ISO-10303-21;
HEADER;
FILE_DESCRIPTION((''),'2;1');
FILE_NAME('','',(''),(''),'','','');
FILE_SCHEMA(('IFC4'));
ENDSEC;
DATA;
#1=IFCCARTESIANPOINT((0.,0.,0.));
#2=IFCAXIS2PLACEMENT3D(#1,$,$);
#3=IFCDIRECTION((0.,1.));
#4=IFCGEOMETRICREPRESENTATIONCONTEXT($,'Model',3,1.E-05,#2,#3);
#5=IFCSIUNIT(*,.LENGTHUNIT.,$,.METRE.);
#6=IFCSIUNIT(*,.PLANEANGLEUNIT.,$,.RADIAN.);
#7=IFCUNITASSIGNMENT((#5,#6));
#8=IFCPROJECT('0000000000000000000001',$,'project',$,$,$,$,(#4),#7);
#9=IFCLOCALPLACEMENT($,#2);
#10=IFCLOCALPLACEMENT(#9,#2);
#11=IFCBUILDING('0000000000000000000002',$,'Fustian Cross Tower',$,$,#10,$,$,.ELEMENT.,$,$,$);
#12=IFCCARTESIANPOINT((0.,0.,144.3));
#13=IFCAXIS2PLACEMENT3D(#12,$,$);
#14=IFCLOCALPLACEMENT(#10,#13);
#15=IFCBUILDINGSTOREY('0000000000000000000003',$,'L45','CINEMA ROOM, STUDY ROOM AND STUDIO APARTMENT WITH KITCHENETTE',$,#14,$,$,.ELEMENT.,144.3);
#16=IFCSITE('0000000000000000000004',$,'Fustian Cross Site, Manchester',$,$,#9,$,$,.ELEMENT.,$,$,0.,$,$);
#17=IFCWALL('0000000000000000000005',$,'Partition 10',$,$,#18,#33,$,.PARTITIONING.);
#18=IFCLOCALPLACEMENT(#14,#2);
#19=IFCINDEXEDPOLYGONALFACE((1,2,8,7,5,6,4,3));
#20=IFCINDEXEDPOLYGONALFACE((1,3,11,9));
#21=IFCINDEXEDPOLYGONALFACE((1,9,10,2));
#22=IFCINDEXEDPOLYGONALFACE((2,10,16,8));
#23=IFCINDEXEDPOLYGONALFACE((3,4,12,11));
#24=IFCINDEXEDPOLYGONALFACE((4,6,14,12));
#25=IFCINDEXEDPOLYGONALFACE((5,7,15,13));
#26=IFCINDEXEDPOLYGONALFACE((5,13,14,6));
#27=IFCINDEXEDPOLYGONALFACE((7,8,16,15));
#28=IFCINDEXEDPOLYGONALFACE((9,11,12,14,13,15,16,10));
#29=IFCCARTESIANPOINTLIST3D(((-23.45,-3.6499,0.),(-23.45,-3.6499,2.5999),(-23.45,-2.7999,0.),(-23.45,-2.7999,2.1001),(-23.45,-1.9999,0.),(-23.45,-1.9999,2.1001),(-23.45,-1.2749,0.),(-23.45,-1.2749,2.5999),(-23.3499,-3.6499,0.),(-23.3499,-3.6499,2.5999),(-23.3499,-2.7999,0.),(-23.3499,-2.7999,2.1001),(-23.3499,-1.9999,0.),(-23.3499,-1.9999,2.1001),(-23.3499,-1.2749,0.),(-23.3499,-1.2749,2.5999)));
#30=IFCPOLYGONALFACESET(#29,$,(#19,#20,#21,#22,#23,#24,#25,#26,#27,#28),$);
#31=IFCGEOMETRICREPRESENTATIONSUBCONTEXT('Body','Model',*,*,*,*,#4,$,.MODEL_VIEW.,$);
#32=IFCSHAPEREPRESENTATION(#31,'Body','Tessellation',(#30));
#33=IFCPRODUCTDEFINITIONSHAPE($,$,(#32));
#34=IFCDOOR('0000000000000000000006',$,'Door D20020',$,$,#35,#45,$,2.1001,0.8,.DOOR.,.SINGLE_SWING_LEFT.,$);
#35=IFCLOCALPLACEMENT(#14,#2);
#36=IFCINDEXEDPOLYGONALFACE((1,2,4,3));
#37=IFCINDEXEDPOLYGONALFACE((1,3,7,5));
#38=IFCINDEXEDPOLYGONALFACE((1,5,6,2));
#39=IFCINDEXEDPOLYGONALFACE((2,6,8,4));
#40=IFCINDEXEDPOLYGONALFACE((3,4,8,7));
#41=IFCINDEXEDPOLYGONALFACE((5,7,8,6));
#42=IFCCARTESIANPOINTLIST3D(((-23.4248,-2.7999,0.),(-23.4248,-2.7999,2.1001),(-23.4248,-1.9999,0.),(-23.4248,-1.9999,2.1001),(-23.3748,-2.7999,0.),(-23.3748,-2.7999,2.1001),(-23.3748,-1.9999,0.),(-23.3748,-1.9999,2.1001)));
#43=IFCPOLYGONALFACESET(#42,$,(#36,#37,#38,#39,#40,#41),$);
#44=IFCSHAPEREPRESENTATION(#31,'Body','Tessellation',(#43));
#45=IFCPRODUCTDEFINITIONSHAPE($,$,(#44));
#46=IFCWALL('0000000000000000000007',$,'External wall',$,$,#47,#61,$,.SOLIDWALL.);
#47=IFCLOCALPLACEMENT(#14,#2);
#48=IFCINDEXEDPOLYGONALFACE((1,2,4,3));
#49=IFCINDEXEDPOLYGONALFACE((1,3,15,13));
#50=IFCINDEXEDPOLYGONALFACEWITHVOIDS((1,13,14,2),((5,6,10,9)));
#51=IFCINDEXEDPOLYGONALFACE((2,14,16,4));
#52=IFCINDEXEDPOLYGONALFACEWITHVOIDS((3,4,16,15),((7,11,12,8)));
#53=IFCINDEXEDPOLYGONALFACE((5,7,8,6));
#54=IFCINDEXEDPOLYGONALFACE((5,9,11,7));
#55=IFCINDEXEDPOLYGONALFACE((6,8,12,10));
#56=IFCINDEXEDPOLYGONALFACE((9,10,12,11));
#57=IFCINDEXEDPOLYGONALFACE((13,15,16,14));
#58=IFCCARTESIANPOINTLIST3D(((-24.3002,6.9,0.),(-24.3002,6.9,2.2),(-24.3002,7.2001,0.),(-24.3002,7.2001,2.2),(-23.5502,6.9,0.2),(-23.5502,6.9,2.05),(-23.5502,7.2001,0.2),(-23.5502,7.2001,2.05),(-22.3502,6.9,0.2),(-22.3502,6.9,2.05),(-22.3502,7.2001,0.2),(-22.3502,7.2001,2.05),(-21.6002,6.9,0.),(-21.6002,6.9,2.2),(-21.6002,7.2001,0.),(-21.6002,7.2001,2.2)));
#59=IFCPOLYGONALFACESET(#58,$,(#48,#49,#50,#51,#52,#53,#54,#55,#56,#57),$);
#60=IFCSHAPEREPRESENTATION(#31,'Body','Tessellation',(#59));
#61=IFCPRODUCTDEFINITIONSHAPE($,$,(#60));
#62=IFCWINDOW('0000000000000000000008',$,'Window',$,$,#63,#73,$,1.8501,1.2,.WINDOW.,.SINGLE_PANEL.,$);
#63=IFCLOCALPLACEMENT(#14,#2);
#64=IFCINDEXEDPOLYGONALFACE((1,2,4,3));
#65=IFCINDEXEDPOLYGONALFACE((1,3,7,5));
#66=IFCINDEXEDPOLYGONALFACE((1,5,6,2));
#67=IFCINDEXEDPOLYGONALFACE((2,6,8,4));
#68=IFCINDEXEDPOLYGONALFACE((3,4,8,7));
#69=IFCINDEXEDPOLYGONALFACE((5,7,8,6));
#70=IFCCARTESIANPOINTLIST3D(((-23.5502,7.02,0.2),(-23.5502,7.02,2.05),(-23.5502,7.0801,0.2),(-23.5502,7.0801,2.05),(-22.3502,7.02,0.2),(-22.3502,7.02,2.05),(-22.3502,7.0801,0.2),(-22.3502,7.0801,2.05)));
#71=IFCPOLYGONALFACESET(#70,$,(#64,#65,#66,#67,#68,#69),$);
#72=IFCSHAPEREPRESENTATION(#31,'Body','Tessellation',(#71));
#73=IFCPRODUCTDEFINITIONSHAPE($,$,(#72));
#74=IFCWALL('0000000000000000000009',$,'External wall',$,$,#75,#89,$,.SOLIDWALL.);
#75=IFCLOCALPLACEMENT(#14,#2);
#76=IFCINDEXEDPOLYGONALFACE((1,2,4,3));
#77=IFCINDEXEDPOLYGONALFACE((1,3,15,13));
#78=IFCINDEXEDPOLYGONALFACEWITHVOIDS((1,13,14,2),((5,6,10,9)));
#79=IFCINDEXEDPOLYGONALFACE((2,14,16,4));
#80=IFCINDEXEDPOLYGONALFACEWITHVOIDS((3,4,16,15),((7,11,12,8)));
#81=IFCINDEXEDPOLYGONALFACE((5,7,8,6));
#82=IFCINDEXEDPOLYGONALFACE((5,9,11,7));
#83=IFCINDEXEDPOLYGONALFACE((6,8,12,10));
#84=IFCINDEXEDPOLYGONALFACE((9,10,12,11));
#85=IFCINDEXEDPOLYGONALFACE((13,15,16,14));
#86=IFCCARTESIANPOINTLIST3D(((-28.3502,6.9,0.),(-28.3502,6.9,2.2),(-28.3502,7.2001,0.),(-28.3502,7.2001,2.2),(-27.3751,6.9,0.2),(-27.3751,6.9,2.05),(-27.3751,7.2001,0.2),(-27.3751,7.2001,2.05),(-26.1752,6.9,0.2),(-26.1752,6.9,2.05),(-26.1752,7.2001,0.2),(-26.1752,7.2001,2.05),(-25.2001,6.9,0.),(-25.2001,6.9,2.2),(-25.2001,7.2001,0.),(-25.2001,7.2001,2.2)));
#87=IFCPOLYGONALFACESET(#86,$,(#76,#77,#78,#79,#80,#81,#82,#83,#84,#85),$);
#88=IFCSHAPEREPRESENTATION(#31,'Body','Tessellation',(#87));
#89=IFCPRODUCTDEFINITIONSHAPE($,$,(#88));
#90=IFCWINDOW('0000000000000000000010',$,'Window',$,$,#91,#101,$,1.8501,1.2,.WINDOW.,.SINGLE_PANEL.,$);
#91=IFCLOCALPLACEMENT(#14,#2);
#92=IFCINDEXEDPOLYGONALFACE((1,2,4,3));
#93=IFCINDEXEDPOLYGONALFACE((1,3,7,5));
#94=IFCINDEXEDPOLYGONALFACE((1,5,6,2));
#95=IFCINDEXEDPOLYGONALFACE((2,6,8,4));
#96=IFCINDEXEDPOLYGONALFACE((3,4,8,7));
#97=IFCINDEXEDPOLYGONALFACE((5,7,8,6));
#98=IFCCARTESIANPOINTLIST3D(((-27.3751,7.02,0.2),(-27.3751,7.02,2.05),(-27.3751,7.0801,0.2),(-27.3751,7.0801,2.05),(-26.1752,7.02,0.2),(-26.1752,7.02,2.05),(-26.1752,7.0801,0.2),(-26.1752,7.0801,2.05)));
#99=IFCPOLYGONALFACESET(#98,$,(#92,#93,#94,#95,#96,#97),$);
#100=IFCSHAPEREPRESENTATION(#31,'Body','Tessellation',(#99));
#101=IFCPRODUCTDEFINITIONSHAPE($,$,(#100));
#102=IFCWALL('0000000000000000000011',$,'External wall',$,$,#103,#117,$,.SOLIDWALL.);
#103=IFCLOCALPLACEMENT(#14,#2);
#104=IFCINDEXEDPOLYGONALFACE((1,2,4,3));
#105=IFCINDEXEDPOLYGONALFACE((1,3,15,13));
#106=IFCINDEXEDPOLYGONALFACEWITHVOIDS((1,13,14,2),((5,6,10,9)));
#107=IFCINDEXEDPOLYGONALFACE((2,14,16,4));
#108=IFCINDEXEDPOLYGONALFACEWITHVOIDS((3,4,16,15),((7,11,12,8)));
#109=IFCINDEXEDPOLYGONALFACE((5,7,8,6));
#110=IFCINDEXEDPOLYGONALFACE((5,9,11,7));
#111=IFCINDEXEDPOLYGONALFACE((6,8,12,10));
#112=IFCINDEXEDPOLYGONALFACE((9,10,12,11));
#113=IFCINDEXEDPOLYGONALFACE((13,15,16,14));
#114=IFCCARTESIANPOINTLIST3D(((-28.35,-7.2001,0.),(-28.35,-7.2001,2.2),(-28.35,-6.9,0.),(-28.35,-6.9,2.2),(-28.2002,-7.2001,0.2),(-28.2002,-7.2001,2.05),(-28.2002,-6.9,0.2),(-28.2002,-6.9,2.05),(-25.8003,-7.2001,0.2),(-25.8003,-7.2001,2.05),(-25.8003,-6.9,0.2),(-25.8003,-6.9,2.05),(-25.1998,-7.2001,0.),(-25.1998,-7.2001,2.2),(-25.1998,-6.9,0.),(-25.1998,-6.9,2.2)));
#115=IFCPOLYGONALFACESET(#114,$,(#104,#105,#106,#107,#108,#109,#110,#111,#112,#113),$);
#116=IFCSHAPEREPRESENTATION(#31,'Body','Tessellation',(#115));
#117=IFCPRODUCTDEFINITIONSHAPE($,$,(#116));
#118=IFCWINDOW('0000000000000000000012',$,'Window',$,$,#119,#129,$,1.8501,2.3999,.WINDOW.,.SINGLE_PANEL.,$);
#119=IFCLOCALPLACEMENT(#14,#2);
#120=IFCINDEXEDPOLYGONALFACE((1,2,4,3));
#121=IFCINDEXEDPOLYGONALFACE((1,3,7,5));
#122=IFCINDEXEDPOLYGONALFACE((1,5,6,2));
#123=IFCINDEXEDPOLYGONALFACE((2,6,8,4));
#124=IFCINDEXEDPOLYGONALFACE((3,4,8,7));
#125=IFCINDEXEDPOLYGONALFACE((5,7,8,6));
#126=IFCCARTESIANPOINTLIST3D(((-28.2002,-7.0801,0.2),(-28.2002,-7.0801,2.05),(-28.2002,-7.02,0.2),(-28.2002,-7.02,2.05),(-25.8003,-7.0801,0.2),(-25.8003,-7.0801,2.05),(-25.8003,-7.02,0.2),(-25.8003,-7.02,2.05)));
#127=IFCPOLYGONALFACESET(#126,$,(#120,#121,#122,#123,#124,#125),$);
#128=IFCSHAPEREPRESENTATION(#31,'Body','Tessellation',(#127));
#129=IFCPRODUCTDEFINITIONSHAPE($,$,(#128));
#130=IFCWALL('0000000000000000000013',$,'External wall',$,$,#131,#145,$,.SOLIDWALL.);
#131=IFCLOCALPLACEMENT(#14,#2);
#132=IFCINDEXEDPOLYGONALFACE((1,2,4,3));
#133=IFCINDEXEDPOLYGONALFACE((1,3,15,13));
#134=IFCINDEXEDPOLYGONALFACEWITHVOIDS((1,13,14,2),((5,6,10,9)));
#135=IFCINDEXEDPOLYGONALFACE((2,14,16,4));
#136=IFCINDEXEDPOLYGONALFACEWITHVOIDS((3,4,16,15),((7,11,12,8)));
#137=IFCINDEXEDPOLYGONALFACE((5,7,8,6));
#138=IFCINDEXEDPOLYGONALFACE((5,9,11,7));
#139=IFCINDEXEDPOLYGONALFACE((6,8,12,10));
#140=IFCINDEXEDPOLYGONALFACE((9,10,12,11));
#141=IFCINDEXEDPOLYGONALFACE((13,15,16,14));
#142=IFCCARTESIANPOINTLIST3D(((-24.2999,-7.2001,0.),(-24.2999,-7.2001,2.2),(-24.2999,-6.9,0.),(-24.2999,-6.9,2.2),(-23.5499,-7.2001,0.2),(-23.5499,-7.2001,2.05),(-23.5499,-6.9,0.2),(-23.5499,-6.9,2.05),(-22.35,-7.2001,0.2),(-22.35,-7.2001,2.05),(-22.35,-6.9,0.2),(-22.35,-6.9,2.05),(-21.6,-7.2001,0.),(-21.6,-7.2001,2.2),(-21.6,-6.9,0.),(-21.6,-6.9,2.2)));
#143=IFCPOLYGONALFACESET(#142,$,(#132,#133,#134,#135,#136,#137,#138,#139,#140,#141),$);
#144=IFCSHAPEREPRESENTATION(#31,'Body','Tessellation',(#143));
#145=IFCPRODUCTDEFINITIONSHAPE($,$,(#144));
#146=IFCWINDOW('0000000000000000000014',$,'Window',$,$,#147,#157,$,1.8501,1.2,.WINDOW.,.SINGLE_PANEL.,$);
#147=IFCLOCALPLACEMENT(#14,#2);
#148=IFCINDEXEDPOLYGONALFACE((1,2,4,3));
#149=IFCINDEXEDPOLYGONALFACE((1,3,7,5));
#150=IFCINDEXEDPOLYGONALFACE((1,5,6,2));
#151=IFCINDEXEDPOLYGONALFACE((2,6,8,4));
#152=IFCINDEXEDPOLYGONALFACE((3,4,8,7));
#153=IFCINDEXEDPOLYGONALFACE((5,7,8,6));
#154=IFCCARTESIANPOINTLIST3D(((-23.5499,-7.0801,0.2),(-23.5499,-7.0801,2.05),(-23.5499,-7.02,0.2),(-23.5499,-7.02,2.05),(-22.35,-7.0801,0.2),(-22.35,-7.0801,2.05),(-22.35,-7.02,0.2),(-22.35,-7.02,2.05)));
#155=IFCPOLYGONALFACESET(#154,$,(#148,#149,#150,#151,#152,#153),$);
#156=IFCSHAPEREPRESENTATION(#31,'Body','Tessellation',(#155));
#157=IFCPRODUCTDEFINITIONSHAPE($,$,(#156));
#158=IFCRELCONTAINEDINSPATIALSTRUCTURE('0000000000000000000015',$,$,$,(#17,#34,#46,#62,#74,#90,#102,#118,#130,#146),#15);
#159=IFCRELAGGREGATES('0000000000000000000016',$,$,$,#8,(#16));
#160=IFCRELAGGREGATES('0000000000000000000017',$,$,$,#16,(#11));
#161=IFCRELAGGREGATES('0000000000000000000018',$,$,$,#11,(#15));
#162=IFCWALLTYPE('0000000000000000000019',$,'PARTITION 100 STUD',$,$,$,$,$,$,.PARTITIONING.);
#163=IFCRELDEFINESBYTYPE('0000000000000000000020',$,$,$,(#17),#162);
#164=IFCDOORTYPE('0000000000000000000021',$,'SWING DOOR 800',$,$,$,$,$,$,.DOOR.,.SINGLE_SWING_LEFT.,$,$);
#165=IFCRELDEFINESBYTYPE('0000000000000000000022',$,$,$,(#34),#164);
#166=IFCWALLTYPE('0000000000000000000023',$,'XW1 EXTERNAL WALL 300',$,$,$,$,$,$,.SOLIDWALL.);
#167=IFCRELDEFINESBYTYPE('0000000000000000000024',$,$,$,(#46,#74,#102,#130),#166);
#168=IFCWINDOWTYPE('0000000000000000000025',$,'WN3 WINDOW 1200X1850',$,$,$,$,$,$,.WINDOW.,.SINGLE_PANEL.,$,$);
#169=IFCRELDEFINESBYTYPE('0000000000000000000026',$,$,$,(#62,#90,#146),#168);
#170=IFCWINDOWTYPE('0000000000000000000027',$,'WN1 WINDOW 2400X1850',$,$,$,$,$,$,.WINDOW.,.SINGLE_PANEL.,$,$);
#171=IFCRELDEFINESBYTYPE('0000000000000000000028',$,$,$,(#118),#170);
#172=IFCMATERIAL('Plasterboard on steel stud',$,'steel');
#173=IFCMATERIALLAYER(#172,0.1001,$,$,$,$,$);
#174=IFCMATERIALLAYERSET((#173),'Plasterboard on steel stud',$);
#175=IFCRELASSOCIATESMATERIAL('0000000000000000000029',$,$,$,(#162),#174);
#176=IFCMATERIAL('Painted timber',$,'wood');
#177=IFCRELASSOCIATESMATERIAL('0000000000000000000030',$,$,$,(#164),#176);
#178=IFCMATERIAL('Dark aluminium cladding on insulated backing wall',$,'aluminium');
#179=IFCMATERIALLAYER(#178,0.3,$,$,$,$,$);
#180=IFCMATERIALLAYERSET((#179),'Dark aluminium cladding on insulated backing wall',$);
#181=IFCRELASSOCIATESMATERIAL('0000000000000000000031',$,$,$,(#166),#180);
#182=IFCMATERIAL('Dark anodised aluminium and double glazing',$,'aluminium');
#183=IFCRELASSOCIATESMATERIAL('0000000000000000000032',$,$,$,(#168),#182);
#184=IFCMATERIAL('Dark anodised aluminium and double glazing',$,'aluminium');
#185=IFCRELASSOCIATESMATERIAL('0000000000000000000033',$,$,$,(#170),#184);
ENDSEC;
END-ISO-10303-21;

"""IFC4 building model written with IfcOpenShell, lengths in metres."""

from ifc_helpers import new_model, si_unit, direction, frame, frame_2d, origin, place, context, subcontext, project, spatial, rectangle, extrude, material, layer, layer_set, type_object, element, fill, save


model = new_model("IFC4")

# Units and contexts
model_context = context("Model", 3, precision=1e-05, world=origin(), true_north=direction((0.0, 1.0)))
body_context = subcontext(model_context, "Body", "Model", "MODEL_VIEW")
ifc_project = project(units=[si_unit("LENGTHUNIT", "METRE"), si_unit("PLANEANGLEUNIT", "RADIAN")], contexts=[model_context])

# Site, building, storey
site_placement = place(None, origin())
site = spatial("IfcSite", under=ifc_project, at=site_placement, Name="Fustian Cross Site, Manchester", CompositionType="ELEMENT", RefElevation=0.0)
building_placement = place(site_placement, origin())
building = spatial("IfcBuilding", under=site, at=building_placement, Name="Fustian Cross Tower", CompositionType="ELEMENT")
storey_placement = place(building_placement, frame((0.0, 0.0, 144.3)))
storey = spatial("IfcBuildingStorey", under=building, at=storey_placement, Name="L45", Description="CINEMA ROOM, STUDY ROOM AND STUDIO APARTMENT WITH KITCHENETTE", CompositionType="ELEMENT", Elevation=144.3)

# Shared definitions
ifc_material_1 = material(Name="Plasterboard on steel stud", Category="steel")
ifc_layer_1 = layer(ifc_material_1, 0.1001)
ifc_layer_set_1 = layer_set([ifc_layer_1], Name="Plasterboard on steel stud")
wall_type_1 = type_object("IfcWallType", Name="PARTITION 100 STUD", PredefinedType="PARTITIONING", material=ifc_layer_set_1)

# Wall, opening, door
wall_1_placement = place(storey_placement, frame((-23.3999, -3.6499, 0.0), z_axis=(0.0, 0.0, 1.0), x_axis=(0.0, 1.0, 0.0)))
wall_1 = element("IfcWall", 1, at=wall_1_placement, inside=storey, type_object=wall_type_1, Name="Partition 10", PredefinedType="PARTITIONING", context=body_context, shape_type="SweptSolid", body=[
    extrude(rectangle(XDim=2.375, YDim=0.1001, at=frame_2d((1.1875, 0.0))), origin(), (0.0, 0.0, 1.0), 2.5999),
])
opening_1_placement = place(wall_1_placement, frame((0.8501, 0.0, 0.0)))
opening_1 = element("IfcOpeningElement", 2, at=opening_1_placement, cuts=wall_1, PredefinedType="OPENING", context=body_context, shape_type="SweptSolid", body=[
    extrude(rectangle(XDim=0.8, YDim=2.1001, at=frame_2d((0.3999, 1.05))), frame((0.0, 0.0601, 0.0), z_axis=(0.0, -1.0, 0.0), x_axis=(1.0, 0.0, 0.0)), (0.0, 0.0, 1.0), 0.1201),
])
ifc_material_2 = material(Name="Painted timber", Category="wood")
door_type = type_object("IfcDoorType", Name="SWING DOOR 800", OperationType="SINGLE_SWING_LEFT", PredefinedType="DOOR", material=ifc_material_2)
door_placement = place(opening_1_placement, origin())
door = element("IfcDoor", 3, at=door_placement, inside=storey, type_object=door_type, Name="Door D20020", OperationType="SINGLE_SWING_LEFT", OverallHeight=2.1001, OverallWidth=0.8, PredefinedType="DOOR", context=body_context, shape_type="SweptSolid", body=[
    extrude(rectangle(XDim=0.8, YDim=2.1001, at=frame_2d((0.3999, 1.05))), frame((0.0, 0.0249, 0.0), z_axis=(0.0, -1.0, 0.0), x_axis=(1.0, 0.0, 0.0)), (0.0, 0.0, 1.0), 0.05),
])
fill(opening_1, door)

# Walls, openings, windows
ifc_material_3 = material(Name="Dark aluminium cladding on insulated backing wall", Category="aluminium")
ifc_layer_2 = layer(ifc_material_3, 0.3)
ifc_layer_set_2 = layer_set([ifc_layer_2], Name="Dark aluminium cladding on insulated backing wall")
wall_type_2 = type_object("IfcWallType", Name="XW1 EXTERNAL WALL 300", PredefinedType="SOLIDWALL", material=ifc_layer_set_2)
wall_2_placement = place(storey_placement, frame((-21.6001, 7.05, 0.0), z_axis=(0.0, 0.0, 1.0), x_axis=(-1.0, 0.0, 0.0)))
wall_2 = element("IfcWall", 4, at=wall_2_placement, inside=storey, type_object=wall_type_2, Name="External wall", PredefinedType="SOLIDWALL", context=body_context, shape_type="SweptSolid", body=[
    extrude(rectangle(XDim=2.7, YDim=0.3, at=frame_2d((1.3501, 0.0))), origin(), (0.0, 0.0, 1.0), 2.2),
])
opening_2_placement = place(wall_2_placement, frame((0.75, 0.0, 0.2)))
opening_2 = element("IfcOpeningElement", 5, at=opening_2_placement, cuts=wall_2, PredefinedType="OPENING", context=body_context, shape_type="SweptSolid", body=[
    extrude(rectangle(XDim=1.2, YDim=1.8501, at=frame_2d((0.6001, 0.925))), frame((0.0, 0.1599, 0.0), z_axis=(0.0, -1.0, 0.0), x_axis=(1.0, 0.0, 0.0)), (0.0, 0.0, 1.0), 0.3201),
])
ifc_material_4 = material(Name="Dark anodised aluminium and double glazing", Category="aluminium")
window_type_1 = type_object("IfcWindowType", Name="WN3 WINDOW 1200X1850", PartitioningType="SINGLE_PANEL", PredefinedType="WINDOW", material=ifc_material_4)
window_1_placement = place(opening_2_placement, origin())
window_1 = element("IfcWindow", 6, at=window_1_placement, inside=storey, type_object=window_type_1, Name="Window", OverallHeight=1.8501, OverallWidth=1.2, PartitioningType="SINGLE_PANEL", PredefinedType="WINDOW", context=body_context, shape_type="SweptSolid", body=[
    extrude(rectangle(XDim=1.2, YDim=1.8501, at=frame_2d((0.6001, 0.925))), frame((0.0, 0.03, 0.0), z_axis=(0.0, -1.0, 0.0), x_axis=(1.0, 0.0, 0.0)), (0.0, 0.0, 1.0), 0.0601),
])
fill(opening_2, window_1)
wall_3_placement = place(storey_placement, frame((-25.2, 7.05, 0.0), z_axis=(0.0, 0.0, 1.0), x_axis=(-1.0, 0.0, 0.0)))
wall_3 = element("IfcWall", 7, at=wall_3_placement, inside=storey, type_object=wall_type_2, Name="External wall", PredefinedType="SOLIDWALL", context=body_context, shape_type="SweptSolid", body=[
    extrude(rectangle(XDim=3.1501, YDim=0.3, at=frame_2d((1.5752, 0.0))), origin(), (0.0, 0.0, 1.0), 2.2),
])
opening_3_placement = place(wall_3_placement, frame((0.9751, 0.0, 0.2)))
opening_3 = element("IfcOpeningElement", 8, at=opening_3_placement, cuts=wall_3, PredefinedType="OPENING", context=body_context, shape_type="SweptSolid", body=[
    extrude(rectangle(XDim=1.2, YDim=1.8501, at=frame_2d((0.6001, 0.925))), frame((0.0, 0.1599, 0.0), z_axis=(0.0, -1.0, 0.0), x_axis=(1.0, 0.0, 0.0)), (0.0, 0.0, 1.0), 0.3201),
])
window_2_placement = place(opening_3_placement, origin())
window_2 = element("IfcWindow", 9, at=window_2_placement, inside=storey, type_object=window_type_1, Name="Window", OverallHeight=1.8501, OverallWidth=1.2, PartitioningType="SINGLE_PANEL", PredefinedType="WINDOW", context=body_context, shape_type="SweptSolid", body=[
    extrude(rectangle(XDim=1.2, YDim=1.8501, at=frame_2d((0.6001, 0.925))), frame((0.0, 0.03, 0.0), z_axis=(0.0, -1.0, 0.0), x_axis=(1.0, 0.0, 0.0)), (0.0, 0.0, 1.0), 0.0601),
])
fill(opening_3, window_2)
wall_4_placement = place(storey_placement, frame((-28.3501, -7.05, 0.0), z_axis=(0.0, 0.0, 1.0), x_axis=(1.0, 0.0, 0.0)))
wall_4 = element("IfcWall", 10, at=wall_4_placement, inside=storey, type_object=wall_type_2, Name="External wall", PredefinedType="SOLIDWALL", context=body_context, shape_type="SweptSolid", body=[
    extrude(rectangle(XDim=3.1501, YDim=0.3, at=frame_2d((1.5752, 0.0))), origin(), (0.0, 0.0, 1.0), 2.2),
])
opening_4_placement = place(wall_4_placement, frame((0.1499, 0.0, 0.2)))
opening_4 = element("IfcOpeningElement", 11, at=opening_4_placement, cuts=wall_4, PredefinedType="OPENING", context=body_context, shape_type="SweptSolid", body=[
    extrude(rectangle(XDim=2.3999, YDim=1.8501, at=frame_2d((1.2, 0.925))), frame((0.0, 0.1599, 0.0), z_axis=(0.0, -1.0, 0.0), x_axis=(1.0, 0.0, 0.0)), (0.0, 0.0, 1.0), 0.3201),
])
ifc_material_5 = material(Name="Dark anodised aluminium and double glazing", Category="aluminium")
window_type_2 = type_object("IfcWindowType", Name="WN1 WINDOW 2400X1850", PartitioningType="SINGLE_PANEL", PredefinedType="WINDOW", material=ifc_material_5)
window_3_placement = place(opening_4_placement, origin())
window_3 = element("IfcWindow", 12, at=window_3_placement, inside=storey, type_object=window_type_2, Name="Window", OverallHeight=1.8501, OverallWidth=2.3999, PartitioningType="SINGLE_PANEL", PredefinedType="WINDOW", context=body_context, shape_type="SweptSolid", body=[
    extrude(rectangle(XDim=2.3999, YDim=1.8501, at=frame_2d((1.2, 0.925))), frame((0.0, 0.03, 0.0), z_axis=(0.0, -1.0, 0.0), x_axis=(1.0, 0.0, 0.0)), (0.0, 0.0, 1.0), 0.0601),
])
fill(opening_4, window_3)
wall_5_placement = place(storey_placement, frame((-24.3, -7.05, 0.0), z_axis=(0.0, 0.0, 1.0), x_axis=(1.0, 0.0, 0.0)))
wall_5 = element("IfcWall", 13, at=wall_5_placement, inside=storey, type_object=wall_type_2, Name="External wall", PredefinedType="SOLIDWALL", context=body_context, shape_type="SweptSolid", body=[
    extrude(rectangle(XDim=2.7, YDim=0.3, at=frame_2d((1.3501, 0.0))), origin(), (0.0, 0.0, 1.0), 2.2),
])
opening_5_placement = place(wall_5_placement, frame((0.75, 0.0, 0.2)))
opening_5 = element("IfcOpeningElement", 14, at=opening_5_placement, cuts=wall_5, PredefinedType="OPENING", context=body_context, shape_type="SweptSolid", body=[
    extrude(rectangle(XDim=1.2, YDim=1.8501, at=frame_2d((0.6001, 0.925))), frame((0.0, 0.1599, 0.0), z_axis=(0.0, -1.0, 0.0), x_axis=(1.0, 0.0, 0.0)), (0.0, 0.0, 1.0), 0.3201),
])
window_4_placement = place(opening_5_placement, origin())
window_4 = element("IfcWindow", 15, at=window_4_placement, inside=storey, type_object=window_type_1, Name="Window", OverallHeight=1.8501, OverallWidth=1.2, PartitioningType="SINGLE_PANEL", PredefinedType="WINDOW", context=body_context, shape_type="SweptSolid", body=[
    extrude(rectangle(XDim=1.2, YDim=1.8501, at=frame_2d((0.6001, 0.925))), frame((0.0, 0.03, 0.0), z_axis=(0.0, -1.0, 0.0), x_axis=(1.0, 0.0, 0.0)), (0.0, 0.0, 1.0), 0.0601),
])
fill(opening_5, window_4)

save(model, "model.ifc")
